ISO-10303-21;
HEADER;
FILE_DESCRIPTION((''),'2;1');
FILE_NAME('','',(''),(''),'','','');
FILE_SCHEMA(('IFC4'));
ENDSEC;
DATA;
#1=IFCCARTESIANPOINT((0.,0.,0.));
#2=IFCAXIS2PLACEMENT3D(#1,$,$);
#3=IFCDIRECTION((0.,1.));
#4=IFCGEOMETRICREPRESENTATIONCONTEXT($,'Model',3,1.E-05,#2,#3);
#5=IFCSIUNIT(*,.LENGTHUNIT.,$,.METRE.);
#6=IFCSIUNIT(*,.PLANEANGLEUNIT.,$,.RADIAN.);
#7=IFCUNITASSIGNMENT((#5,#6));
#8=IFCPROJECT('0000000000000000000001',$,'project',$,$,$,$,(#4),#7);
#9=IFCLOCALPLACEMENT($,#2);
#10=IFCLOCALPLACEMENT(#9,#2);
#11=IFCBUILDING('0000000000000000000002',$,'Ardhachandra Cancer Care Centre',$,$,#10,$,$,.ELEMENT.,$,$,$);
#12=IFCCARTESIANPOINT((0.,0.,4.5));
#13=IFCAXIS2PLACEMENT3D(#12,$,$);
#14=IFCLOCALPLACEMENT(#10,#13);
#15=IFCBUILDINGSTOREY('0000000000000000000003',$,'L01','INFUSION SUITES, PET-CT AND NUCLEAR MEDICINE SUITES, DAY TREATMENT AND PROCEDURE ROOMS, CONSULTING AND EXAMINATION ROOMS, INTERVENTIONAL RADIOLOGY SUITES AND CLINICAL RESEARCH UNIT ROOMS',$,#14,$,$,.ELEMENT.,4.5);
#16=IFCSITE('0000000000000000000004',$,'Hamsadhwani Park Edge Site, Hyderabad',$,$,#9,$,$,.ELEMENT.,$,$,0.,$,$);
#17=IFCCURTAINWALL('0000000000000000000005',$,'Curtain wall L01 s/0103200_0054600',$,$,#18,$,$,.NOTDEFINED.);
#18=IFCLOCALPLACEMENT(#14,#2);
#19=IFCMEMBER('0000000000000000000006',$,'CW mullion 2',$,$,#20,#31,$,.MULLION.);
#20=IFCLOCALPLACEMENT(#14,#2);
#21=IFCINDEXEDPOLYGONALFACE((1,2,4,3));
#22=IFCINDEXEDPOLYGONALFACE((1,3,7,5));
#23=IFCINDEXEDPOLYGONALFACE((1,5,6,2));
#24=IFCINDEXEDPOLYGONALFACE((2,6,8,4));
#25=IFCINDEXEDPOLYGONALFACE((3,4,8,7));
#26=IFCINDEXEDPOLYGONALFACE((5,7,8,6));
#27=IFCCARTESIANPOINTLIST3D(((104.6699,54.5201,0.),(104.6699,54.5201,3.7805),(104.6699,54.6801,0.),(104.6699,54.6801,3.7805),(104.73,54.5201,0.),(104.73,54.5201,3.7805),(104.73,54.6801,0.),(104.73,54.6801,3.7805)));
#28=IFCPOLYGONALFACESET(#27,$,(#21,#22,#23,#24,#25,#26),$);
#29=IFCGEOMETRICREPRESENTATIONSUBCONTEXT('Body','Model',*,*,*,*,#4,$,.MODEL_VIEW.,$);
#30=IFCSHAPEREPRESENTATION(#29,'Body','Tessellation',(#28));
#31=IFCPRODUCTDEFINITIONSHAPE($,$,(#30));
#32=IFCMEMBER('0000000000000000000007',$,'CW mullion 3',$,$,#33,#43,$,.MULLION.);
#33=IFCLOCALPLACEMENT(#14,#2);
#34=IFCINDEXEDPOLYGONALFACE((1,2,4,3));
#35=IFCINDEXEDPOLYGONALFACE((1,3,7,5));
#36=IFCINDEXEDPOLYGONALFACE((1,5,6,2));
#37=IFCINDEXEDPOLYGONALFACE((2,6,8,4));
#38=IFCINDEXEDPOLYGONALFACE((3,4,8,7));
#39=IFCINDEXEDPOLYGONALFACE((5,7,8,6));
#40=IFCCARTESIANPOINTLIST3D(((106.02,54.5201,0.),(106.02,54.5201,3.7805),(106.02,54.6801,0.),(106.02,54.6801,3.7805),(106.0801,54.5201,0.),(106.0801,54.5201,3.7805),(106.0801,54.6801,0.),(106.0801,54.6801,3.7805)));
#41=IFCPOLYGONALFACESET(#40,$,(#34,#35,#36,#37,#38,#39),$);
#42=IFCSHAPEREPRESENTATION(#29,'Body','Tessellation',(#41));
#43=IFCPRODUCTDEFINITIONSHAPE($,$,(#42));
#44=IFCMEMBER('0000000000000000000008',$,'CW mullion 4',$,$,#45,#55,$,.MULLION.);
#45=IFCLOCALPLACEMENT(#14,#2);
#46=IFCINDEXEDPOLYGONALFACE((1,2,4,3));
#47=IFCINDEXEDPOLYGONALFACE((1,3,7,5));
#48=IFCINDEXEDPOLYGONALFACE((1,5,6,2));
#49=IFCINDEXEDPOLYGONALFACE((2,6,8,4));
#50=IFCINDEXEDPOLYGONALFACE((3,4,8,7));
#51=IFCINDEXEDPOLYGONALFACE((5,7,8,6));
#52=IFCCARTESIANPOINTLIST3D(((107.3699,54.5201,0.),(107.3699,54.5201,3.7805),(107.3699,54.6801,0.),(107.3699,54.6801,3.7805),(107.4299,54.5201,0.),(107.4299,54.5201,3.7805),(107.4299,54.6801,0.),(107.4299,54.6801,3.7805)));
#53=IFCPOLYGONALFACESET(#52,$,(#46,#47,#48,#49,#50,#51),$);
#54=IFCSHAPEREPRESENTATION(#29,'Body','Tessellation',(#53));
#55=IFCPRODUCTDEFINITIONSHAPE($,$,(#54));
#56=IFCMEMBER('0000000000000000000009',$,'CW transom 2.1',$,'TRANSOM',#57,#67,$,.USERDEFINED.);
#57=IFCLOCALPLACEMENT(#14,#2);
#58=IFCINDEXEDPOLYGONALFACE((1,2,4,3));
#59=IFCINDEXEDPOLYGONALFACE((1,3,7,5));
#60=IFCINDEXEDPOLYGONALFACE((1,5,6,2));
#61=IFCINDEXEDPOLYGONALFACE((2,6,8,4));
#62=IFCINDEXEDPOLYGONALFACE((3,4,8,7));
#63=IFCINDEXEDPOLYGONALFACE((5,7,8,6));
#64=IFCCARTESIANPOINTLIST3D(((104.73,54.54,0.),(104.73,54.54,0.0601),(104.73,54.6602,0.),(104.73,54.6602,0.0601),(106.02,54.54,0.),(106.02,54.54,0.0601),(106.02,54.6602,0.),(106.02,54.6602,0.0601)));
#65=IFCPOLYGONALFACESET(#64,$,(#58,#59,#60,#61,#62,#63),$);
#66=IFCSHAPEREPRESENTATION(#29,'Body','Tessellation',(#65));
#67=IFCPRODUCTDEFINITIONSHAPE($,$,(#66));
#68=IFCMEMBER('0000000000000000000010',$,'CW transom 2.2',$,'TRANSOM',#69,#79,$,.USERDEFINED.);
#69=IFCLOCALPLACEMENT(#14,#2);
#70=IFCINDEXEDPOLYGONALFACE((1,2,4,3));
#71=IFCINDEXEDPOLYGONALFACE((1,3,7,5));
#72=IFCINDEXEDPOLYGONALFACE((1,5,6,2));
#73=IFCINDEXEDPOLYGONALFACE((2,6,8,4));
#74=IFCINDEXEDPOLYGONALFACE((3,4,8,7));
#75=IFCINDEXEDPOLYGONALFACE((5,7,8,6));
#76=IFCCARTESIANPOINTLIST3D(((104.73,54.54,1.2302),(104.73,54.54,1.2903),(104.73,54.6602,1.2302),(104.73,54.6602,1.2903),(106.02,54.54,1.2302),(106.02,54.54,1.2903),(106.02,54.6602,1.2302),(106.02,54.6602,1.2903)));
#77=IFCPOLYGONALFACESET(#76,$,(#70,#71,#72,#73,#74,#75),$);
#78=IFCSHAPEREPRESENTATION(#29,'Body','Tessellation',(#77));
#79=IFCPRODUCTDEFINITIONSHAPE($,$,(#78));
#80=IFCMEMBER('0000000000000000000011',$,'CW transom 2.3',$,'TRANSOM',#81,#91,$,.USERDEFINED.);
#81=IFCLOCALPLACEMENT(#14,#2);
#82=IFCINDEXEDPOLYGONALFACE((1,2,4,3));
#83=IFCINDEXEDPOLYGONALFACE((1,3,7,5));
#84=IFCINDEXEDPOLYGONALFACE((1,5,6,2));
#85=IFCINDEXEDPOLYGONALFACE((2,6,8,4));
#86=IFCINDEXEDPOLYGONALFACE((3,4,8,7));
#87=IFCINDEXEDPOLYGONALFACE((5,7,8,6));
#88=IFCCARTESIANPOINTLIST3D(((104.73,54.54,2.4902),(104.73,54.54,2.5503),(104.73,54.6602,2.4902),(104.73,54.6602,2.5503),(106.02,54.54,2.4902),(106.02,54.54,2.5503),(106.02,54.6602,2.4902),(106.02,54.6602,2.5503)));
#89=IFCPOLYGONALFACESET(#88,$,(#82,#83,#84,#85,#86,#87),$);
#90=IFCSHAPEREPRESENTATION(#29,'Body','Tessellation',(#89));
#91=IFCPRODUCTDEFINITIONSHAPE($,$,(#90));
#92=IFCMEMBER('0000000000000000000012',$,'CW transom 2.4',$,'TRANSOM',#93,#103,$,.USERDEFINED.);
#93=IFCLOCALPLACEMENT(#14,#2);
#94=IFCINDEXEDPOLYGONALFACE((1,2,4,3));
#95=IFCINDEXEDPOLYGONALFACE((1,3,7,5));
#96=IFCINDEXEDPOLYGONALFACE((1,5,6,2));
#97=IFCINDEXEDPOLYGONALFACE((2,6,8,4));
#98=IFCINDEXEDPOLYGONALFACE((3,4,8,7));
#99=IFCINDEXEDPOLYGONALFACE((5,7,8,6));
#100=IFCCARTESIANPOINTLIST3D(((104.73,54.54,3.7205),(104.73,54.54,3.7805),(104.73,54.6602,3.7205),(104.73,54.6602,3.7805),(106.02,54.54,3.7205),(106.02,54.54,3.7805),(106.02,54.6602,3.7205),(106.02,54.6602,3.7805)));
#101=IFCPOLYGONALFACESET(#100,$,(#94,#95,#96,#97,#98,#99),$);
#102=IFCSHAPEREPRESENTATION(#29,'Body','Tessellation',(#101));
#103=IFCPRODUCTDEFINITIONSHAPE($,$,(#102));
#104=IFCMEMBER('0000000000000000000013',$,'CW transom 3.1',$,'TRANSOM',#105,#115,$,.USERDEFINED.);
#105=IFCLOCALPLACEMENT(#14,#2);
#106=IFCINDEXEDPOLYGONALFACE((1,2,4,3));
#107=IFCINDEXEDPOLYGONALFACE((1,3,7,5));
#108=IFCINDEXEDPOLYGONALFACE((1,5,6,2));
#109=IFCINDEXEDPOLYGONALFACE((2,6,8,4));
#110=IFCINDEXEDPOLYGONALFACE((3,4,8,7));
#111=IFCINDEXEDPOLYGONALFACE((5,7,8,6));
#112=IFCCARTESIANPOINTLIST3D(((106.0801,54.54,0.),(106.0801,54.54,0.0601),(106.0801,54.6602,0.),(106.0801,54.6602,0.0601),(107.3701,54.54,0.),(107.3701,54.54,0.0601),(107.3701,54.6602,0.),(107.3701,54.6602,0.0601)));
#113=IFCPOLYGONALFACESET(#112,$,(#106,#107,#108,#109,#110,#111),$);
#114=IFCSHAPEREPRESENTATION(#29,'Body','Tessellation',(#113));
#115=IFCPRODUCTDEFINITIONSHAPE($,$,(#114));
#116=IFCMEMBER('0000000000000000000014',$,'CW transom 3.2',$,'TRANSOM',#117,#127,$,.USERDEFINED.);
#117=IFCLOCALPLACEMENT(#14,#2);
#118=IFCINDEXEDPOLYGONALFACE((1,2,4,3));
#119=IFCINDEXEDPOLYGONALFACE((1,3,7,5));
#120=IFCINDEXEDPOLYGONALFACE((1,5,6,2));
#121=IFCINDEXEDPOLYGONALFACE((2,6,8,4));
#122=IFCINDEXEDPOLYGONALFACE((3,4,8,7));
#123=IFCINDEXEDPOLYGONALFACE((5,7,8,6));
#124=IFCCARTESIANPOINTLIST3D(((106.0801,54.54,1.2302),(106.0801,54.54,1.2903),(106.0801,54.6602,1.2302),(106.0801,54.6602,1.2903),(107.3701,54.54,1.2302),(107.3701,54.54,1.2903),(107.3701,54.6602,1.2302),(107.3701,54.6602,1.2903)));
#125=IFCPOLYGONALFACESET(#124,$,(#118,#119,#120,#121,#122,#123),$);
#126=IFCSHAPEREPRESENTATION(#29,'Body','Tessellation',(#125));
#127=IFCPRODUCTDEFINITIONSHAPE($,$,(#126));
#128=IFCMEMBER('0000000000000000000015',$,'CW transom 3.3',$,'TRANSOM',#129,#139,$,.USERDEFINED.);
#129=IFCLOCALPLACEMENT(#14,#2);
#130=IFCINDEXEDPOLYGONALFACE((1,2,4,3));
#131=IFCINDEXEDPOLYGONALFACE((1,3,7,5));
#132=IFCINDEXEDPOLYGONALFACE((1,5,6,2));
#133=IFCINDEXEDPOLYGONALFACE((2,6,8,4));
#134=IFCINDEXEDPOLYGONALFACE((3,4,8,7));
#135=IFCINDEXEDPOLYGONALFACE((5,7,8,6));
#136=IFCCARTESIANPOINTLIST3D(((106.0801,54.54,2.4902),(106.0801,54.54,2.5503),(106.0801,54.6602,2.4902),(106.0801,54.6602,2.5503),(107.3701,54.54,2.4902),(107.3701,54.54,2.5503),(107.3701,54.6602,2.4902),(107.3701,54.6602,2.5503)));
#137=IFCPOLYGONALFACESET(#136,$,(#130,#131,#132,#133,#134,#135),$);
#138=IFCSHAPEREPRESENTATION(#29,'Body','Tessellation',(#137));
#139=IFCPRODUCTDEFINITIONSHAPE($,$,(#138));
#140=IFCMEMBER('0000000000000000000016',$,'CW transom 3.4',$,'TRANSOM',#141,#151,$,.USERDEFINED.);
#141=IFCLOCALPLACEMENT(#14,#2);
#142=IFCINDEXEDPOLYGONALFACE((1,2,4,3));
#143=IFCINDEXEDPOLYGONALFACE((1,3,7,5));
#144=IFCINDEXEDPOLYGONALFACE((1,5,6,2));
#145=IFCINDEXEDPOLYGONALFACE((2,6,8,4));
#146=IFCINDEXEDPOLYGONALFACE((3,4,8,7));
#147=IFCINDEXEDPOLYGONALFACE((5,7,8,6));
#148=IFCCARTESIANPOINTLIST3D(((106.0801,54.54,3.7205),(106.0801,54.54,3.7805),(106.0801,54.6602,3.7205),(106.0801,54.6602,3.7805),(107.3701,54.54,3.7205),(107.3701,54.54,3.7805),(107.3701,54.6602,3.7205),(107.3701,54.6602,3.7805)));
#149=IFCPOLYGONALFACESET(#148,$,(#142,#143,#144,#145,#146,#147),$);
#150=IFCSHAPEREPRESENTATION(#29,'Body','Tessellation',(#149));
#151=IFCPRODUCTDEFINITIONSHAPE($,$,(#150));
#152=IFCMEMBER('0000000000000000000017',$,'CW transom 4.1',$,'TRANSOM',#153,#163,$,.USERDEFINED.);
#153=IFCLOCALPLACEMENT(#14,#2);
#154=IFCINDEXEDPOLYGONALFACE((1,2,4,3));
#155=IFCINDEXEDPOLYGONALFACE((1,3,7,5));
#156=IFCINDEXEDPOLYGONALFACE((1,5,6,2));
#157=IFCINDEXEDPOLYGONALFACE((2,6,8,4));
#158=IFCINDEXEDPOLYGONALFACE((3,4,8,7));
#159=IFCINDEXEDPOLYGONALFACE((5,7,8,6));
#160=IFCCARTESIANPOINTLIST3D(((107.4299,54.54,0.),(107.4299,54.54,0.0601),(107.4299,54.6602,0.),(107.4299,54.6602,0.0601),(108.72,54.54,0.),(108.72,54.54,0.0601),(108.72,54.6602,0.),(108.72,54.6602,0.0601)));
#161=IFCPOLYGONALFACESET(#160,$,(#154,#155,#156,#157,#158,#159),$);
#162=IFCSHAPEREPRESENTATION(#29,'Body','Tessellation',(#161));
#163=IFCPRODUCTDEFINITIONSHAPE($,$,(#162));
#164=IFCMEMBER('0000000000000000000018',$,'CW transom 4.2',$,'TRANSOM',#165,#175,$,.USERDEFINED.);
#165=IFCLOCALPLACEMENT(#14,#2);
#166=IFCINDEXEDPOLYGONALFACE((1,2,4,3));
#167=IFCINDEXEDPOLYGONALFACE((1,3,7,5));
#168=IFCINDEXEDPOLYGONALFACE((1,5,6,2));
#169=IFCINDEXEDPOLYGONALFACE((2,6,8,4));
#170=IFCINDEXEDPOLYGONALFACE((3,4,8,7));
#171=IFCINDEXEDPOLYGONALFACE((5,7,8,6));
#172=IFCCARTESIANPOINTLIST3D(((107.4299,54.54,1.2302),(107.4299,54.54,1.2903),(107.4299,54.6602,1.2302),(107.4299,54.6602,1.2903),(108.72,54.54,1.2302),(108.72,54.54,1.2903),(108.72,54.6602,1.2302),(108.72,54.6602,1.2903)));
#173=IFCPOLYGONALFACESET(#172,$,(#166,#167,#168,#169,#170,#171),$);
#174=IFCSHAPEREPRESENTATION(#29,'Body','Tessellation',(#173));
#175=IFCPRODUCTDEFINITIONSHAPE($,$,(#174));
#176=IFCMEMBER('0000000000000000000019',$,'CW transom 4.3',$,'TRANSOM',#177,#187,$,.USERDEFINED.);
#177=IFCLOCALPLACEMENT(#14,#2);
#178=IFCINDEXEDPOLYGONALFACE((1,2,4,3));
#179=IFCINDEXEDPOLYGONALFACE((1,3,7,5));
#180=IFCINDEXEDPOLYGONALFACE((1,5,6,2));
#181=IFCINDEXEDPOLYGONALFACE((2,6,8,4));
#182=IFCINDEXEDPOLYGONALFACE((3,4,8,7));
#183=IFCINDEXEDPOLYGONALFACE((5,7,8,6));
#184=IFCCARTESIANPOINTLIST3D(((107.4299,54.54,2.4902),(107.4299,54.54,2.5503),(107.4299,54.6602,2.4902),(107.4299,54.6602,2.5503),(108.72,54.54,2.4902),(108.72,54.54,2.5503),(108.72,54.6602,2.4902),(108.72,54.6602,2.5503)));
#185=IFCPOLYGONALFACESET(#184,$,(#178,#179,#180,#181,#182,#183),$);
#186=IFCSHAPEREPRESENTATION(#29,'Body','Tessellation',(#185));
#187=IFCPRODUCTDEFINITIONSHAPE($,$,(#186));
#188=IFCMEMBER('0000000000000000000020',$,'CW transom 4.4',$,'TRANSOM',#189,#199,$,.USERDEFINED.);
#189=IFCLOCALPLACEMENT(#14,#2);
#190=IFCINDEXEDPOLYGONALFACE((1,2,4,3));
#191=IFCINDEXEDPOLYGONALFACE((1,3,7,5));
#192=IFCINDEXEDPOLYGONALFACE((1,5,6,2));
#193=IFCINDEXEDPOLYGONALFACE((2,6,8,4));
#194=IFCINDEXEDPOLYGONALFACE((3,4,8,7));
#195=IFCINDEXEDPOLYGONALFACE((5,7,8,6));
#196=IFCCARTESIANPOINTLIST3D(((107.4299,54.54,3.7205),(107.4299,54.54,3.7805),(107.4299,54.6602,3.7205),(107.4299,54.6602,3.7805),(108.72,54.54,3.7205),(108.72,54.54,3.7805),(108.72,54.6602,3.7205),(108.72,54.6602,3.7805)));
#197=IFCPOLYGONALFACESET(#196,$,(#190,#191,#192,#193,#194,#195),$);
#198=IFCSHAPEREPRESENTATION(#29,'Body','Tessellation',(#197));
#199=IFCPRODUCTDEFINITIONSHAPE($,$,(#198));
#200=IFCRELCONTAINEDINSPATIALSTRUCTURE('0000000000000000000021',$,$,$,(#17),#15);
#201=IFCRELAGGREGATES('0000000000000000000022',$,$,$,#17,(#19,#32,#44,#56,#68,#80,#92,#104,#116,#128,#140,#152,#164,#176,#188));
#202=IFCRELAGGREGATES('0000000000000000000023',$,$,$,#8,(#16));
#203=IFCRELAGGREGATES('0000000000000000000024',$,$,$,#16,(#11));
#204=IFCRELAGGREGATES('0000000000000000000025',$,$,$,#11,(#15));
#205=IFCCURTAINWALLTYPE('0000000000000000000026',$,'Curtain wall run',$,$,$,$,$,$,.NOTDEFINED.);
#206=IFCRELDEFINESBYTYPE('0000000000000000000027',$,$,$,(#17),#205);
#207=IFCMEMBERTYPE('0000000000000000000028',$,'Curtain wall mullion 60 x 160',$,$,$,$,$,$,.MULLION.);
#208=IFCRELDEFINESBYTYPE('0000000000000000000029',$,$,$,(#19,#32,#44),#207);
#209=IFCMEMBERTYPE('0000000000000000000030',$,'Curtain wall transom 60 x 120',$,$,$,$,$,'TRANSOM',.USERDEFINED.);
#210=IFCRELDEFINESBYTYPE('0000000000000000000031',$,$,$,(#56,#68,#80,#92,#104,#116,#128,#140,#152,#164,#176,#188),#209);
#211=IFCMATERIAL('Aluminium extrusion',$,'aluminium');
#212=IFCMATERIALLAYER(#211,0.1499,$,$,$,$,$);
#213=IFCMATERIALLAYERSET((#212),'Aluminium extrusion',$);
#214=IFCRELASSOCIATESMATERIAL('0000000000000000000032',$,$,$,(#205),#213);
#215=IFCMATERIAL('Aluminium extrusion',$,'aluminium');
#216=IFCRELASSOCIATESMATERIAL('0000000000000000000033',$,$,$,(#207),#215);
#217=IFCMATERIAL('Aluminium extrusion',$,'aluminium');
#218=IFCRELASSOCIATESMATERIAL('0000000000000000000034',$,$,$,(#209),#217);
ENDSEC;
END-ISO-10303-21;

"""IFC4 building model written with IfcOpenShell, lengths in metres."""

from ifc_helpers import new_model, si_unit, direction, frame, origin, origin_2d, place, context, subcontext, project, spatial, rectangle, extrude, material, layer, layer_set, material_profile, profile_set, type_object, element, aggregate, save


model = new_model("IFC4")

# Units and contexts
model_context = context("Model", 3, precision=1e-05, world=origin(), true_north=direction((0.0, 1.0)))
body_context = subcontext(model_context, "Body", "Model", "MODEL_VIEW")
ifc_project = project(units=[si_unit("LENGTHUNIT", "METRE"), si_unit("PLANEANGLEUNIT", "RADIAN")], contexts=[model_context])

# Site, building, storey
site_placement = place(None, origin())
site = spatial("IfcSite", under=ifc_project, at=site_placement, Name="Hamsadhwani Park Edge Site, Hyderabad", CompositionType="ELEMENT", RefElevation=0.0)
building_placement = place(site_placement, origin())
building = spatial("IfcBuilding", under=site, at=building_placement, Name="Ardhachandra Cancer Care Centre", CompositionType="ELEMENT")
storey_placement = place(building_placement, frame((0.0, 0.0, 4.5)))
storey = spatial("IfcBuildingStorey", under=building, at=storey_placement, Name="L01", Description="INFUSION SUITES, PET-CT AND NUCLEAR MEDICINE SUITES, DAY TREATMENT AND PROCEDURE ROOMS, CONSULTING AND EXAMINATION ROOMS, INTERVENTIONAL RADIOLOGY SUITES AND CLINICAL RESEARCH UNIT ROOMS", CompositionType="ELEMENT", Elevation=4.5)

# Curtain wall, members
ifc_material_1 = material(Name="Aluminium extrusion", Category="aluminium")
ifc_layer_1 = layer(ifc_material_1, 0.1499)
ifc_layer_set_1 = layer_set([ifc_layer_1], Name="Aluminium extrusion")
curtain_wall_type = type_object("IfcCurtainWallType", Name="Curtain wall run", PredefinedType="NOTDEFINED", material=ifc_layer_set_1)
curtain_wall_placement = place(storey_placement, origin())
curtain_wall = element("IfcCurtainWall", 1, at=curtain_wall_placement, inside=storey, type_object=curtain_wall_type, Name="Curtain wall L01 s/0103200_0054600", PredefinedType="NOTDEFINED")
ifc_material_2 = material(Name="Aluminium extrusion", Category="aluminium")
ifc_material_profile_1 = material_profile(ifc_material_2, rectangle(XDim=0.1599, YDim=0.0601, at=origin_2d()), Name="Curtain wall mullion 60 x 160")
ifc_profile_set_1 = profile_set([ifc_material_profile_1], Name="Aluminium extrusion")
member_type_1 = type_object("IfcMemberType", Name="Curtain wall mullion 60 x 160", PredefinedType="MULLION", material=ifc_profile_set_1)
member_1_placement = place(storey_placement, frame((104.7, 54.6001, 0.0), z_axis=(0.0, 0.0, 1.0), x_axis=(0.0, 1.0, 0.0)))
member_1 = element("IfcMember", 2, at=member_1_placement, type_object=member_type_1, Name="CW mullion 2", PredefinedType="MULLION", context=body_context, shape_type="SweptSolid", body=[
    extrude(rectangle(XDim=0.1599, YDim=0.0601, at=origin_2d()), origin(), (0.0, 0.0, 1.0), 3.7805),
])
member_2_placement = place(storey_placement, frame((106.05, 54.6001, 0.0), z_axis=(0.0, 0.0, 1.0), x_axis=(0.0, 1.0, 0.0)))
member_2 = element("IfcMember", 3, at=member_2_placement, type_object=member_type_1, Name="CW mullion 3", PredefinedType="MULLION", context=body_context, shape_type="SweptSolid", body=[
    extrude(rectangle(XDim=0.1599, YDim=0.0601, at=origin_2d()), origin(), (0.0, 0.0, 1.0), 3.7805),
])
member_3_placement = place(storey_placement, frame((107.3999, 54.6001, 0.0), z_axis=(0.0, 0.0, 1.0), x_axis=(0.0, 1.0, 0.0)))
member_3 = element("IfcMember", 4, at=member_3_placement, type_object=member_type_1, Name="CW mullion 4", PredefinedType="MULLION", context=body_context, shape_type="SweptSolid", body=[
    extrude(rectangle(XDim=0.1599, YDim=0.0601, at=origin_2d()), origin(), (0.0, 0.0, 1.0), 3.7805),
])
ifc_material_3 = material(Name="Aluminium extrusion", Category="aluminium")
ifc_material_profile_2 = material_profile(ifc_material_3, rectangle(XDim=0.1201, YDim=0.0601, at=origin_2d()), Name="Curtain wall transom 60 x 120")
ifc_profile_set_2 = profile_set([ifc_material_profile_2], Name="Aluminium extrusion")
member_type_2 = type_object("IfcMemberType", Name="Curtain wall transom 60 x 120", ElementType="TRANSOM", PredefinedType="USERDEFINED", material=ifc_profile_set_2)
member_4_placement = place(storey_placement, frame((104.73, 54.6001, 0.03), z_axis=(1.0, 0.0, 0.0), x_axis=(0.0, 1.0, 0.0)))
member_4 = element("IfcMember", 5, at=member_4_placement, type_object=member_type_2, Name="CW transom 2.1", ObjectType="TRANSOM", PredefinedType="USERDEFINED", context=body_context, shape_type="SweptSolid", body=[
    extrude(rectangle(XDim=0.1201, YDim=0.0601, at=origin_2d()), origin(), (0.0, 0.0, 1.0), 1.29),
])
member_5_placement = place(storey_placement, frame((104.73, 54.6001, 1.2603), z_axis=(1.0, 0.0, 0.0), x_axis=(0.0, 1.0, 0.0)))
member_5 = element("IfcMember", 6, at=member_5_placement, type_object=member_type_2, Name="CW transom 2.2", ObjectType="TRANSOM", PredefinedType="USERDEFINED", context=body_context, shape_type="SweptSolid", body=[
    extrude(rectangle(XDim=0.1201, YDim=0.0601, at=origin_2d()), origin(), (0.0, 0.0, 1.0), 1.29),
])
member_6_placement = place(storey_placement, frame((104.73, 54.6001, 2.5203), z_axis=(1.0, 0.0, 0.0), x_axis=(0.0, 1.0, 0.0)))
member_6 = element("IfcMember", 7, at=member_6_placement, type_object=member_type_2, Name="CW transom 2.3", ObjectType="TRANSOM", PredefinedType="USERDEFINED", context=body_context, shape_type="SweptSolid", body=[
    extrude(rectangle(XDim=0.1201, YDim=0.0601, at=origin_2d()), origin(), (0.0, 0.0, 1.0), 1.29),
])
member_7_placement = place(storey_placement, frame((104.73, 54.6001, 3.7505), z_axis=(1.0, 0.0, 0.0), x_axis=(0.0, 1.0, 0.0)))
member_7 = element("IfcMember", 8, at=member_7_placement, type_object=member_type_2, Name="CW transom 2.4", ObjectType="TRANSOM", PredefinedType="USERDEFINED", context=body_context, shape_type="SweptSolid", body=[
    extrude(rectangle(XDim=0.1201, YDim=0.0601, at=origin_2d()), origin(), (0.0, 0.0, 1.0), 1.29),
])
member_8_placement = place(storey_placement, frame((106.0801, 54.6001, 0.03), z_axis=(1.0, 0.0, 0.0), x_axis=(0.0, 1.0, 0.0)))
member_8 = element("IfcMember", 9, at=member_8_placement, type_object=member_type_2, Name="CW transom 3.1", ObjectType="TRANSOM", PredefinedType="USERDEFINED", context=body_context, shape_type="SweptSolid", body=[
    extrude(rectangle(XDim=0.1201, YDim=0.0601, at=origin_2d()), origin(), (0.0, 0.0, 1.0), 1.29),
])
member_9_placement = place(storey_placement, frame((106.0801, 54.6001, 1.2603), z_axis=(1.0, 0.0, 0.0), x_axis=(0.0, 1.0, 0.0)))
member_9 = element("IfcMember", 10, at=member_9_placement, type_object=member_type_2, Name="CW transom 3.2", ObjectType="TRANSOM", PredefinedType="USERDEFINED", context=body_context, shape_type="SweptSolid", body=[
    extrude(rectangle(XDim=0.1201, YDim=0.0601, at=origin_2d()), origin(), (0.0, 0.0, 1.0), 1.29),
])
member_10_placement = place(storey_placement, frame((106.0801, 54.6001, 2.5203), z_axis=(1.0, 0.0, 0.0), x_axis=(0.0, 1.0, 0.0)))
member_10 = element("IfcMember", 11, at=member_10_placement, type_object=member_type_2, Name="CW transom 3.3", ObjectType="TRANSOM", PredefinedType="USERDEFINED", context=body_context, shape_type="SweptSolid", body=[
    extrude(rectangle(XDim=0.1201, YDim=0.0601, at=origin_2d()), origin(), (0.0, 0.0, 1.0), 1.29),
])
member_11_placement = place(storey_placement, frame((106.0801, 54.6001, 3.7505), z_axis=(1.0, 0.0, 0.0), x_axis=(0.0, 1.0, 0.0)))
member_11 = element("IfcMember", 12, at=member_11_placement, type_object=member_type_2, Name="CW transom 3.4", ObjectType="TRANSOM", PredefinedType="USERDEFINED", context=body_context, shape_type="SweptSolid", body=[
    extrude(rectangle(XDim=0.1201, YDim=0.0601, at=origin_2d()), origin(), (0.0, 0.0, 1.0), 1.29),
])
member_12_placement = place(storey_placement, frame((107.4299, 54.6001, 0.03), z_axis=(1.0, 0.0, 0.0), x_axis=(0.0, 1.0, 0.0)))
member_12 = element("IfcMember", 13, at=member_12_placement, type_object=member_type_2, Name="CW transom 4.1", ObjectType="TRANSOM", PredefinedType="USERDEFINED", context=body_context, shape_type="SweptSolid", body=[
    extrude(rectangle(XDim=0.1201, YDim=0.0601, at=origin_2d()), origin(), (0.0, 0.0, 1.0), 1.29),
])
member_13_placement = place(storey_placement, frame((107.4299, 54.6001, 1.2603), z_axis=(1.0, 0.0, 0.0), x_axis=(0.0, 1.0, 0.0)))
member_13 = element("IfcMember", 14, at=member_13_placement, type_object=member_type_2, Name="CW transom 4.2", ObjectType="TRANSOM", PredefinedType="USERDEFINED", context=body_context, shape_type="SweptSolid", body=[
    extrude(rectangle(XDim=0.1201, YDim=0.0601, at=origin_2d()), origin(), (0.0, 0.0, 1.0), 1.29),
])
member_14_placement = place(storey_placement, frame((107.4299, 54.6001, 2.5203), z_axis=(1.0, 0.0, 0.0), x_axis=(0.0, 1.0, 0.0)))
member_14 = element("IfcMember", 15, at=member_14_placement, type_object=member_type_2, Name="CW transom 4.3", ObjectType="TRANSOM", PredefinedType="USERDEFINED", context=body_context, shape_type="SweptSolid", body=[
    extrude(rectangle(XDim=0.1201, YDim=0.0601, at=origin_2d()), origin(), (0.0, 0.0, 1.0), 1.29),
])
member_15_placement = place(storey_placement, frame((107.4299, 54.6001, 3.7505), z_axis=(1.0, 0.0, 0.0), x_axis=(0.0, 1.0, 0.0)))
member_15 = element("IfcMember", 16, at=member_15_placement, type_object=member_type_2, Name="CW transom 4.4", ObjectType="TRANSOM", PredefinedType="USERDEFINED", context=body_context, shape_type="SweptSolid", body=[
    extrude(rectangle(XDim=0.1201, YDim=0.0601, at=origin_2d()), origin(), (0.0, 0.0, 1.0), 1.29),
])

aggregate(curtain_wall, [member_1, member_2, member_3, member_4, member_5, member_6, member_7, member_8, member_9, member_10, member_11, member_12, member_13, member_14, member_15])

save(model, "model.ifc")
